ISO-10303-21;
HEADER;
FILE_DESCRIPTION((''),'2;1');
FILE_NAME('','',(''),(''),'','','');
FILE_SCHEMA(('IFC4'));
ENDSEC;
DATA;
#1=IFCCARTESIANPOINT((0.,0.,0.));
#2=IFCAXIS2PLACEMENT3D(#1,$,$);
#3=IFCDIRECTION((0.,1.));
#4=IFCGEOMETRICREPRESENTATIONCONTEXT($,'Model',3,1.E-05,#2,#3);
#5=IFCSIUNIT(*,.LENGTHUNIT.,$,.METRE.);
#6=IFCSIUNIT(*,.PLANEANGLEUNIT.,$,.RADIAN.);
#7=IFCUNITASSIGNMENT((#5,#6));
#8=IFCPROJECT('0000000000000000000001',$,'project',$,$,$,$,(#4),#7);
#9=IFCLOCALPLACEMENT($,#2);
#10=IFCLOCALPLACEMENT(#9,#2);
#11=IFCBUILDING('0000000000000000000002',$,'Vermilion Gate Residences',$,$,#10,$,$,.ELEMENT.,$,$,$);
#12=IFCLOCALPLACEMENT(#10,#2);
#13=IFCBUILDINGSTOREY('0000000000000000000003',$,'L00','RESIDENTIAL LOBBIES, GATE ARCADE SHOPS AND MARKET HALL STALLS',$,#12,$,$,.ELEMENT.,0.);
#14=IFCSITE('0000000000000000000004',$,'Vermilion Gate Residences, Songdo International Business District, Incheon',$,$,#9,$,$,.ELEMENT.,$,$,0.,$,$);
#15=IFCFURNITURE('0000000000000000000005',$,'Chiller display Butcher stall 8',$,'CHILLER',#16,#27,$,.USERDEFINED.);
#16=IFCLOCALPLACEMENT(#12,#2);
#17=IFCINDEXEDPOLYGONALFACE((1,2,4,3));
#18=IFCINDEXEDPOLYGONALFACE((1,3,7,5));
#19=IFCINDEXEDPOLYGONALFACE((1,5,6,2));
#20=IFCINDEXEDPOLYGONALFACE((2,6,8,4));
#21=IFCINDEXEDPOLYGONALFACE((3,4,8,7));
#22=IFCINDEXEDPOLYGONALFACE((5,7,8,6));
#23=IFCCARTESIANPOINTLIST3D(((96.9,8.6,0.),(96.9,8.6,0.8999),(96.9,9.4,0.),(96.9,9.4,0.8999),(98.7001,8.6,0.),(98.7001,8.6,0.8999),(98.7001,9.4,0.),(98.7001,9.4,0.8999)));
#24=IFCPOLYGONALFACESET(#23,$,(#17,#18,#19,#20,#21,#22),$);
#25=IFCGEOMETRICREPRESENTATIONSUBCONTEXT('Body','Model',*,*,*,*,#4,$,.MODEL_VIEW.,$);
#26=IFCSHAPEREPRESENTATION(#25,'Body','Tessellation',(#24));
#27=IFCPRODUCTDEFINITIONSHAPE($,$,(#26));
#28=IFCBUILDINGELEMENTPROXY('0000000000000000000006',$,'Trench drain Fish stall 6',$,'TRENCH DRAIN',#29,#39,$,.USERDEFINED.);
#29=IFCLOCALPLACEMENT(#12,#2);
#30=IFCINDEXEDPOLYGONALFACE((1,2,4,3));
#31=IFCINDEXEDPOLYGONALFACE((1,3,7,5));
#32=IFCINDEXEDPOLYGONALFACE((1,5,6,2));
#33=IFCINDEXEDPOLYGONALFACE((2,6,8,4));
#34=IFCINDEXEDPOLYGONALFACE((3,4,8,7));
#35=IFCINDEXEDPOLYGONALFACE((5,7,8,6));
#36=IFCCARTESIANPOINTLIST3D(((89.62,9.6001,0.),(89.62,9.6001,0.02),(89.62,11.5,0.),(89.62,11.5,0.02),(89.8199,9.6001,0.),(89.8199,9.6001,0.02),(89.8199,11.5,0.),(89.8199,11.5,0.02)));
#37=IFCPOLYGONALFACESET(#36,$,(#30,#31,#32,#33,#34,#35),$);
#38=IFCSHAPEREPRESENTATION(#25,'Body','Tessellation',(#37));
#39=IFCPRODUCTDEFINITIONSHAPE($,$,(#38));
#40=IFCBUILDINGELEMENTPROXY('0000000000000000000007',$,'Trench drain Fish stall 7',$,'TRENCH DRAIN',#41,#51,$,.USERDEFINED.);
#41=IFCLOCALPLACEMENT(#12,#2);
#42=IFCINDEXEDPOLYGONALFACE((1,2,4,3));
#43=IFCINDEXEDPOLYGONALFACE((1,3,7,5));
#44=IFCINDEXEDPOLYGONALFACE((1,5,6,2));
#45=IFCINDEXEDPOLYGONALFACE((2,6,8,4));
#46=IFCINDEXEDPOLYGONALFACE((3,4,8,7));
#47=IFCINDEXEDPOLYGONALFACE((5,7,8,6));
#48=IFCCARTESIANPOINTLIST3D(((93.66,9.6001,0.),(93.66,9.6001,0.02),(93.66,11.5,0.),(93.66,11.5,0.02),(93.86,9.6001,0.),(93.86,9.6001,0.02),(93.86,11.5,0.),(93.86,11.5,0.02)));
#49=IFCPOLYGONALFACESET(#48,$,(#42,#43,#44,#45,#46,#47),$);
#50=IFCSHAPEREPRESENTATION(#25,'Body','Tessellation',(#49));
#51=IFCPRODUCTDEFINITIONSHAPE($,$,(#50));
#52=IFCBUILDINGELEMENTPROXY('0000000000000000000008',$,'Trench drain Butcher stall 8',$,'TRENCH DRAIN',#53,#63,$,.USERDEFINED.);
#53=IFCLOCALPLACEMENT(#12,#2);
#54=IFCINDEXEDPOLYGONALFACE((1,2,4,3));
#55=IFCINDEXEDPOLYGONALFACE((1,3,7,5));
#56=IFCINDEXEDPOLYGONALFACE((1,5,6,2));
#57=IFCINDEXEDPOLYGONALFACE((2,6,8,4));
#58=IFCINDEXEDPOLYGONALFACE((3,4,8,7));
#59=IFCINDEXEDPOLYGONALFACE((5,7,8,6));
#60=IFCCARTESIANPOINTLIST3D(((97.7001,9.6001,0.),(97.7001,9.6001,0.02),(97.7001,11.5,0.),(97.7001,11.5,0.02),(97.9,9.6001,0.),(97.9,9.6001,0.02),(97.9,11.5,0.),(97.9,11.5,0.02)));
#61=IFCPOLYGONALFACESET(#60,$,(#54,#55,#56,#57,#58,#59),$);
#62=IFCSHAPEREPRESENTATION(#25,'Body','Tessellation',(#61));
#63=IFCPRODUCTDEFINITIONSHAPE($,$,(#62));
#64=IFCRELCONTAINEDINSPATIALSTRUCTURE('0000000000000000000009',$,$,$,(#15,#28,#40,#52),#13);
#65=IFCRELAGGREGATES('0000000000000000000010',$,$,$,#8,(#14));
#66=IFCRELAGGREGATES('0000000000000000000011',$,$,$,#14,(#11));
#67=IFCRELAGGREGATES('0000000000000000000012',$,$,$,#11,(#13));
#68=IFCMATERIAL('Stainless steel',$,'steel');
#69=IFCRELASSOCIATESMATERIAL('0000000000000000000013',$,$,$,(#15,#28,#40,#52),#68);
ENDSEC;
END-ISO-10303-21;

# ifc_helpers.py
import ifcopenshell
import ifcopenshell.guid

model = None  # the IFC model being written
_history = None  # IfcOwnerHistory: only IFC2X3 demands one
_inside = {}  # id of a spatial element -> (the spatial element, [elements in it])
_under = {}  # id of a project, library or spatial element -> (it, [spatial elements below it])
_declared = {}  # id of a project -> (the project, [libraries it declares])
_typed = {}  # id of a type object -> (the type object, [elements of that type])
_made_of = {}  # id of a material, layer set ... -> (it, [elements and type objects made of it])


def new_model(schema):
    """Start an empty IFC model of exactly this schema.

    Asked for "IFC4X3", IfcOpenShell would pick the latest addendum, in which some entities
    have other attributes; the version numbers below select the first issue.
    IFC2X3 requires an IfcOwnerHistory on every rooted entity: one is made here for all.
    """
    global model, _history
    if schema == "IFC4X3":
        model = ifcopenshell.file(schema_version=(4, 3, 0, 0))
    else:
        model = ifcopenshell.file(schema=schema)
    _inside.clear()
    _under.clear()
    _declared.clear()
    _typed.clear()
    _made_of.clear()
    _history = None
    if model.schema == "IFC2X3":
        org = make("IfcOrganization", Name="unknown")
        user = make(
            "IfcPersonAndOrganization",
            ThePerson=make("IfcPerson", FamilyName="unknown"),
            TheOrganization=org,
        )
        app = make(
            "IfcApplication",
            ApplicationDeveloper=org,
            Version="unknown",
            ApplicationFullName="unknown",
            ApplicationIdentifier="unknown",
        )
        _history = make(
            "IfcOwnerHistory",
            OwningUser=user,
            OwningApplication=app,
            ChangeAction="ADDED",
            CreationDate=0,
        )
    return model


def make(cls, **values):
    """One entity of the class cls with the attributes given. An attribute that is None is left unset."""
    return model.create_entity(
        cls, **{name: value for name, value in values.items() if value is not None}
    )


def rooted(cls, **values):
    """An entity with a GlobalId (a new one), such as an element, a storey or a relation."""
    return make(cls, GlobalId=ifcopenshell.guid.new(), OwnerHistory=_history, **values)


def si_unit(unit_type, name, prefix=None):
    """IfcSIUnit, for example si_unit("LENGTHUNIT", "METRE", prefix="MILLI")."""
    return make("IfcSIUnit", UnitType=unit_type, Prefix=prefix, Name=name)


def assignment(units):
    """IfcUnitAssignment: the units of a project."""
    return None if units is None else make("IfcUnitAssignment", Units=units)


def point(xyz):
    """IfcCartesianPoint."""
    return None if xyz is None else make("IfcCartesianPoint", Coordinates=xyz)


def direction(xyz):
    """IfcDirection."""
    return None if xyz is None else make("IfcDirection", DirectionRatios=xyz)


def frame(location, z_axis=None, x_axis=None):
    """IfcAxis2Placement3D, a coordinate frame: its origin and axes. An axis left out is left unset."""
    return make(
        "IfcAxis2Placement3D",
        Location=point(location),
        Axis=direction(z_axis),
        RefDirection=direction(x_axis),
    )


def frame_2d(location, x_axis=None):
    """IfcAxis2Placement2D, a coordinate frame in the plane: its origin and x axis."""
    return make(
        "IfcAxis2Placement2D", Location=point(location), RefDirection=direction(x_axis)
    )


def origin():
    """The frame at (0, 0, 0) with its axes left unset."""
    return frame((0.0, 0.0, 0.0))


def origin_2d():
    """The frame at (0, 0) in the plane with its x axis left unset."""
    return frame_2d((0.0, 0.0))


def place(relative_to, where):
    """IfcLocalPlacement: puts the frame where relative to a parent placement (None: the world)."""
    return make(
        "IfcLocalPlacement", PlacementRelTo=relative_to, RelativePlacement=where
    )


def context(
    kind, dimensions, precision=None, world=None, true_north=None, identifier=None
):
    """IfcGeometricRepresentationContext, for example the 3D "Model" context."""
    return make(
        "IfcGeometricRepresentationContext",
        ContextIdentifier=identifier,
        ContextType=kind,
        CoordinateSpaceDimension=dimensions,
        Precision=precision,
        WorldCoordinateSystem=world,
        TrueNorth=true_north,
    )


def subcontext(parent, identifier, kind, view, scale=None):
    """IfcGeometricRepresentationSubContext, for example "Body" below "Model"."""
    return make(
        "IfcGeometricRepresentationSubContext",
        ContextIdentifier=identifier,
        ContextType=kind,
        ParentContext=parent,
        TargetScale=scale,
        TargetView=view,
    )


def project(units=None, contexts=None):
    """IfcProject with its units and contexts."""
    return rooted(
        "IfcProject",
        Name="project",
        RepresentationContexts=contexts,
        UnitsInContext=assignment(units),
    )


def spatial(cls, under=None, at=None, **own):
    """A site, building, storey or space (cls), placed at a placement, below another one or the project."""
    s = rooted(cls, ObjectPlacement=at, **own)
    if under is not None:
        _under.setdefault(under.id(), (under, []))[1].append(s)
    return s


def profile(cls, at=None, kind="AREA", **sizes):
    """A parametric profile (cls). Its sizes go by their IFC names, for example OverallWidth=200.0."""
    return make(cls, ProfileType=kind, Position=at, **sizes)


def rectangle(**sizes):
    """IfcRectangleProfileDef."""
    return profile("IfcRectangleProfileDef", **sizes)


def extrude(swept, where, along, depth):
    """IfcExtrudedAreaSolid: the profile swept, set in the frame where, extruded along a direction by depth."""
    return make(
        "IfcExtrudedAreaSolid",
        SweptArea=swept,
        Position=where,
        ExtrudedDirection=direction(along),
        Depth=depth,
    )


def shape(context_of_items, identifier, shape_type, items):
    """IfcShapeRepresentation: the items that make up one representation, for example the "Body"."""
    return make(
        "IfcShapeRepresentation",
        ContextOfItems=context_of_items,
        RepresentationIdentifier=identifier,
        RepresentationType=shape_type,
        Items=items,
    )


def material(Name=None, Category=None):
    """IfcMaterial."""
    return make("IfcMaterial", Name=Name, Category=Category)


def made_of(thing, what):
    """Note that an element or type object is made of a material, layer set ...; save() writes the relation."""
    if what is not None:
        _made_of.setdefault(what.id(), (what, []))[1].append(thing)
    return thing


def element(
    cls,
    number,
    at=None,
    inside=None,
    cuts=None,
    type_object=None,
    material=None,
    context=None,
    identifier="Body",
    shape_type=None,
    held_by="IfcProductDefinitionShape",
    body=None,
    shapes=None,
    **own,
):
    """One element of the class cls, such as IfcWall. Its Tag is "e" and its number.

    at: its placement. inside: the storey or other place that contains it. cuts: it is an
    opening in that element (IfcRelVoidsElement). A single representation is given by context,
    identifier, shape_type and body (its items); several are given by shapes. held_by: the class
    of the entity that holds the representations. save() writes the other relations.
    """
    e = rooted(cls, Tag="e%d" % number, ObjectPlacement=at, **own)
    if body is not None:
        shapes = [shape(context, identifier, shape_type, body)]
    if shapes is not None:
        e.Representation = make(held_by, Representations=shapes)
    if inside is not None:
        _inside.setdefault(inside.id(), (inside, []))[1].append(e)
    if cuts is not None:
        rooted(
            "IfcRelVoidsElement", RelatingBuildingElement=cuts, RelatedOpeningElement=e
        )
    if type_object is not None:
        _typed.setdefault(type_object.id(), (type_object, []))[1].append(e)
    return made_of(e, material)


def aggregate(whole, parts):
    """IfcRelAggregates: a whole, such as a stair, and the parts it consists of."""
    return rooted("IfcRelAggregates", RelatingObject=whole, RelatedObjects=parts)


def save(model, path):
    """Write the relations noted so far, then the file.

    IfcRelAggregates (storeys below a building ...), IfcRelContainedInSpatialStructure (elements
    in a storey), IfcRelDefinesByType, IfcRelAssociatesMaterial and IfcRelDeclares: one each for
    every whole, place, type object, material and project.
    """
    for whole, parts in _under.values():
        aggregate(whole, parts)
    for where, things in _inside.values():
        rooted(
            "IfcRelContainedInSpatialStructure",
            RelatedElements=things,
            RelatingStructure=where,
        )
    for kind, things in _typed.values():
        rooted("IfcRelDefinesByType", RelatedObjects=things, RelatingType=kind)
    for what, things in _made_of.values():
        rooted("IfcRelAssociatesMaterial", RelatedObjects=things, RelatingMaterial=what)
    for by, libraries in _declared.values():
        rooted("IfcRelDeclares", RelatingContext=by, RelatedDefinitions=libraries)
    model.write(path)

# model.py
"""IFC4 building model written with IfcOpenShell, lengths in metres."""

from ifc_helpers import new_model, si_unit, direction, frame, origin, origin_2d, place, context, subcontext, project, spatial, rectangle, extrude, material, element, save


model = new_model("IFC4")

# Units and contexts
model_context = context("Model", 3, precision=1e-05, world=origin(), true_north=direction((0.0, 1.0)))
body_context = subcontext(model_context, "Body", "Model", "MODEL_VIEW")
ifc_project = project(units=[si_unit("LENGTHUNIT", "METRE"), si_unit("PLANEANGLEUNIT", "RADIAN")], contexts=[model_context])

# Site, building, storey
site_placement = place(None, origin())
site = spatial("IfcSite", under=ifc_project, at=site_placement, Name="Vermilion Gate Residences, Songdo International Business District, Incheon", CompositionType="ELEMENT", RefElevation=0.0)
building_placement = place(site_placement, origin())
building = spatial("IfcBuilding", under=site, at=building_placement, Name="Vermilion Gate Residences", CompositionType="ELEMENT")
storey_placement = place(building_placement, origin())
storey = spatial("IfcBuildingStorey", under=building, at=storey_placement, Name="L00", Description="RESIDENTIAL LOBBIES, GATE ARCADE SHOPS AND MARKET HALL STALLS", CompositionType="ELEMENT", Elevation=0.0)

# Furniture
ifc_material_1 = material(Name="Stainless steel", Category="steel")
for number, where, z_axis, x_axis, name in (
    (1, (97.8, 9.0, 0.0), (0.0, 0.0, 1.0), (1.0, 0.0, 0.0), "Chiller display Butcher stall 8"),
):
    element("IfcFurniture", number, at=place(storey_placement, frame(where, z_axis=z_axis, x_axis=x_axis)), inside=storey, material=ifc_material_1, Name=name, ObjectType="CHILLER", PredefinedType="USERDEFINED", context=body_context, shape_type="SweptSolid", body=[
        extrude(rectangle(XDim=1.8, YDim=0.8, at=origin_2d()), origin(), (0.0, 0.0, 1.0), 0.8999),
    ])

# Building element proxies
for number, where, z_axis, x_axis, name in (
    (2, (89.72, 10.55, 0.0), (0.0, 0.0, 1.0), (1.0, 0.0, 0.0), "Trench drain Fish stall 6"),
    (3, (93.76, 10.55, 0.0), (0.0, 0.0, 1.0), (1.0, 0.0, 0.0), "Trench drain Fish stall 7"),
    (4, (97.8, 10.55, 0.0), (0.0, 0.0, 1.0), (1.0, 0.0, 0.0), "Trench drain Butcher stall 8"),
):
    element("IfcBuildingElementProxy", number, at=place(storey_placement, frame(where, z_axis=z_axis, x_axis=x_axis)), inside=storey, material=ifc_material_1, Name=name, ObjectType="TRENCH DRAIN", PredefinedType="USERDEFINED", context=body_context, shape_type="SweptSolid", body=[
        extrude(rectangle(XDim=0.2, YDim=1.8999, at=origin_2d()), origin(), (0.0, 0.0, 1.0), 0.02),
    ])

save(model, "model.ifc")
